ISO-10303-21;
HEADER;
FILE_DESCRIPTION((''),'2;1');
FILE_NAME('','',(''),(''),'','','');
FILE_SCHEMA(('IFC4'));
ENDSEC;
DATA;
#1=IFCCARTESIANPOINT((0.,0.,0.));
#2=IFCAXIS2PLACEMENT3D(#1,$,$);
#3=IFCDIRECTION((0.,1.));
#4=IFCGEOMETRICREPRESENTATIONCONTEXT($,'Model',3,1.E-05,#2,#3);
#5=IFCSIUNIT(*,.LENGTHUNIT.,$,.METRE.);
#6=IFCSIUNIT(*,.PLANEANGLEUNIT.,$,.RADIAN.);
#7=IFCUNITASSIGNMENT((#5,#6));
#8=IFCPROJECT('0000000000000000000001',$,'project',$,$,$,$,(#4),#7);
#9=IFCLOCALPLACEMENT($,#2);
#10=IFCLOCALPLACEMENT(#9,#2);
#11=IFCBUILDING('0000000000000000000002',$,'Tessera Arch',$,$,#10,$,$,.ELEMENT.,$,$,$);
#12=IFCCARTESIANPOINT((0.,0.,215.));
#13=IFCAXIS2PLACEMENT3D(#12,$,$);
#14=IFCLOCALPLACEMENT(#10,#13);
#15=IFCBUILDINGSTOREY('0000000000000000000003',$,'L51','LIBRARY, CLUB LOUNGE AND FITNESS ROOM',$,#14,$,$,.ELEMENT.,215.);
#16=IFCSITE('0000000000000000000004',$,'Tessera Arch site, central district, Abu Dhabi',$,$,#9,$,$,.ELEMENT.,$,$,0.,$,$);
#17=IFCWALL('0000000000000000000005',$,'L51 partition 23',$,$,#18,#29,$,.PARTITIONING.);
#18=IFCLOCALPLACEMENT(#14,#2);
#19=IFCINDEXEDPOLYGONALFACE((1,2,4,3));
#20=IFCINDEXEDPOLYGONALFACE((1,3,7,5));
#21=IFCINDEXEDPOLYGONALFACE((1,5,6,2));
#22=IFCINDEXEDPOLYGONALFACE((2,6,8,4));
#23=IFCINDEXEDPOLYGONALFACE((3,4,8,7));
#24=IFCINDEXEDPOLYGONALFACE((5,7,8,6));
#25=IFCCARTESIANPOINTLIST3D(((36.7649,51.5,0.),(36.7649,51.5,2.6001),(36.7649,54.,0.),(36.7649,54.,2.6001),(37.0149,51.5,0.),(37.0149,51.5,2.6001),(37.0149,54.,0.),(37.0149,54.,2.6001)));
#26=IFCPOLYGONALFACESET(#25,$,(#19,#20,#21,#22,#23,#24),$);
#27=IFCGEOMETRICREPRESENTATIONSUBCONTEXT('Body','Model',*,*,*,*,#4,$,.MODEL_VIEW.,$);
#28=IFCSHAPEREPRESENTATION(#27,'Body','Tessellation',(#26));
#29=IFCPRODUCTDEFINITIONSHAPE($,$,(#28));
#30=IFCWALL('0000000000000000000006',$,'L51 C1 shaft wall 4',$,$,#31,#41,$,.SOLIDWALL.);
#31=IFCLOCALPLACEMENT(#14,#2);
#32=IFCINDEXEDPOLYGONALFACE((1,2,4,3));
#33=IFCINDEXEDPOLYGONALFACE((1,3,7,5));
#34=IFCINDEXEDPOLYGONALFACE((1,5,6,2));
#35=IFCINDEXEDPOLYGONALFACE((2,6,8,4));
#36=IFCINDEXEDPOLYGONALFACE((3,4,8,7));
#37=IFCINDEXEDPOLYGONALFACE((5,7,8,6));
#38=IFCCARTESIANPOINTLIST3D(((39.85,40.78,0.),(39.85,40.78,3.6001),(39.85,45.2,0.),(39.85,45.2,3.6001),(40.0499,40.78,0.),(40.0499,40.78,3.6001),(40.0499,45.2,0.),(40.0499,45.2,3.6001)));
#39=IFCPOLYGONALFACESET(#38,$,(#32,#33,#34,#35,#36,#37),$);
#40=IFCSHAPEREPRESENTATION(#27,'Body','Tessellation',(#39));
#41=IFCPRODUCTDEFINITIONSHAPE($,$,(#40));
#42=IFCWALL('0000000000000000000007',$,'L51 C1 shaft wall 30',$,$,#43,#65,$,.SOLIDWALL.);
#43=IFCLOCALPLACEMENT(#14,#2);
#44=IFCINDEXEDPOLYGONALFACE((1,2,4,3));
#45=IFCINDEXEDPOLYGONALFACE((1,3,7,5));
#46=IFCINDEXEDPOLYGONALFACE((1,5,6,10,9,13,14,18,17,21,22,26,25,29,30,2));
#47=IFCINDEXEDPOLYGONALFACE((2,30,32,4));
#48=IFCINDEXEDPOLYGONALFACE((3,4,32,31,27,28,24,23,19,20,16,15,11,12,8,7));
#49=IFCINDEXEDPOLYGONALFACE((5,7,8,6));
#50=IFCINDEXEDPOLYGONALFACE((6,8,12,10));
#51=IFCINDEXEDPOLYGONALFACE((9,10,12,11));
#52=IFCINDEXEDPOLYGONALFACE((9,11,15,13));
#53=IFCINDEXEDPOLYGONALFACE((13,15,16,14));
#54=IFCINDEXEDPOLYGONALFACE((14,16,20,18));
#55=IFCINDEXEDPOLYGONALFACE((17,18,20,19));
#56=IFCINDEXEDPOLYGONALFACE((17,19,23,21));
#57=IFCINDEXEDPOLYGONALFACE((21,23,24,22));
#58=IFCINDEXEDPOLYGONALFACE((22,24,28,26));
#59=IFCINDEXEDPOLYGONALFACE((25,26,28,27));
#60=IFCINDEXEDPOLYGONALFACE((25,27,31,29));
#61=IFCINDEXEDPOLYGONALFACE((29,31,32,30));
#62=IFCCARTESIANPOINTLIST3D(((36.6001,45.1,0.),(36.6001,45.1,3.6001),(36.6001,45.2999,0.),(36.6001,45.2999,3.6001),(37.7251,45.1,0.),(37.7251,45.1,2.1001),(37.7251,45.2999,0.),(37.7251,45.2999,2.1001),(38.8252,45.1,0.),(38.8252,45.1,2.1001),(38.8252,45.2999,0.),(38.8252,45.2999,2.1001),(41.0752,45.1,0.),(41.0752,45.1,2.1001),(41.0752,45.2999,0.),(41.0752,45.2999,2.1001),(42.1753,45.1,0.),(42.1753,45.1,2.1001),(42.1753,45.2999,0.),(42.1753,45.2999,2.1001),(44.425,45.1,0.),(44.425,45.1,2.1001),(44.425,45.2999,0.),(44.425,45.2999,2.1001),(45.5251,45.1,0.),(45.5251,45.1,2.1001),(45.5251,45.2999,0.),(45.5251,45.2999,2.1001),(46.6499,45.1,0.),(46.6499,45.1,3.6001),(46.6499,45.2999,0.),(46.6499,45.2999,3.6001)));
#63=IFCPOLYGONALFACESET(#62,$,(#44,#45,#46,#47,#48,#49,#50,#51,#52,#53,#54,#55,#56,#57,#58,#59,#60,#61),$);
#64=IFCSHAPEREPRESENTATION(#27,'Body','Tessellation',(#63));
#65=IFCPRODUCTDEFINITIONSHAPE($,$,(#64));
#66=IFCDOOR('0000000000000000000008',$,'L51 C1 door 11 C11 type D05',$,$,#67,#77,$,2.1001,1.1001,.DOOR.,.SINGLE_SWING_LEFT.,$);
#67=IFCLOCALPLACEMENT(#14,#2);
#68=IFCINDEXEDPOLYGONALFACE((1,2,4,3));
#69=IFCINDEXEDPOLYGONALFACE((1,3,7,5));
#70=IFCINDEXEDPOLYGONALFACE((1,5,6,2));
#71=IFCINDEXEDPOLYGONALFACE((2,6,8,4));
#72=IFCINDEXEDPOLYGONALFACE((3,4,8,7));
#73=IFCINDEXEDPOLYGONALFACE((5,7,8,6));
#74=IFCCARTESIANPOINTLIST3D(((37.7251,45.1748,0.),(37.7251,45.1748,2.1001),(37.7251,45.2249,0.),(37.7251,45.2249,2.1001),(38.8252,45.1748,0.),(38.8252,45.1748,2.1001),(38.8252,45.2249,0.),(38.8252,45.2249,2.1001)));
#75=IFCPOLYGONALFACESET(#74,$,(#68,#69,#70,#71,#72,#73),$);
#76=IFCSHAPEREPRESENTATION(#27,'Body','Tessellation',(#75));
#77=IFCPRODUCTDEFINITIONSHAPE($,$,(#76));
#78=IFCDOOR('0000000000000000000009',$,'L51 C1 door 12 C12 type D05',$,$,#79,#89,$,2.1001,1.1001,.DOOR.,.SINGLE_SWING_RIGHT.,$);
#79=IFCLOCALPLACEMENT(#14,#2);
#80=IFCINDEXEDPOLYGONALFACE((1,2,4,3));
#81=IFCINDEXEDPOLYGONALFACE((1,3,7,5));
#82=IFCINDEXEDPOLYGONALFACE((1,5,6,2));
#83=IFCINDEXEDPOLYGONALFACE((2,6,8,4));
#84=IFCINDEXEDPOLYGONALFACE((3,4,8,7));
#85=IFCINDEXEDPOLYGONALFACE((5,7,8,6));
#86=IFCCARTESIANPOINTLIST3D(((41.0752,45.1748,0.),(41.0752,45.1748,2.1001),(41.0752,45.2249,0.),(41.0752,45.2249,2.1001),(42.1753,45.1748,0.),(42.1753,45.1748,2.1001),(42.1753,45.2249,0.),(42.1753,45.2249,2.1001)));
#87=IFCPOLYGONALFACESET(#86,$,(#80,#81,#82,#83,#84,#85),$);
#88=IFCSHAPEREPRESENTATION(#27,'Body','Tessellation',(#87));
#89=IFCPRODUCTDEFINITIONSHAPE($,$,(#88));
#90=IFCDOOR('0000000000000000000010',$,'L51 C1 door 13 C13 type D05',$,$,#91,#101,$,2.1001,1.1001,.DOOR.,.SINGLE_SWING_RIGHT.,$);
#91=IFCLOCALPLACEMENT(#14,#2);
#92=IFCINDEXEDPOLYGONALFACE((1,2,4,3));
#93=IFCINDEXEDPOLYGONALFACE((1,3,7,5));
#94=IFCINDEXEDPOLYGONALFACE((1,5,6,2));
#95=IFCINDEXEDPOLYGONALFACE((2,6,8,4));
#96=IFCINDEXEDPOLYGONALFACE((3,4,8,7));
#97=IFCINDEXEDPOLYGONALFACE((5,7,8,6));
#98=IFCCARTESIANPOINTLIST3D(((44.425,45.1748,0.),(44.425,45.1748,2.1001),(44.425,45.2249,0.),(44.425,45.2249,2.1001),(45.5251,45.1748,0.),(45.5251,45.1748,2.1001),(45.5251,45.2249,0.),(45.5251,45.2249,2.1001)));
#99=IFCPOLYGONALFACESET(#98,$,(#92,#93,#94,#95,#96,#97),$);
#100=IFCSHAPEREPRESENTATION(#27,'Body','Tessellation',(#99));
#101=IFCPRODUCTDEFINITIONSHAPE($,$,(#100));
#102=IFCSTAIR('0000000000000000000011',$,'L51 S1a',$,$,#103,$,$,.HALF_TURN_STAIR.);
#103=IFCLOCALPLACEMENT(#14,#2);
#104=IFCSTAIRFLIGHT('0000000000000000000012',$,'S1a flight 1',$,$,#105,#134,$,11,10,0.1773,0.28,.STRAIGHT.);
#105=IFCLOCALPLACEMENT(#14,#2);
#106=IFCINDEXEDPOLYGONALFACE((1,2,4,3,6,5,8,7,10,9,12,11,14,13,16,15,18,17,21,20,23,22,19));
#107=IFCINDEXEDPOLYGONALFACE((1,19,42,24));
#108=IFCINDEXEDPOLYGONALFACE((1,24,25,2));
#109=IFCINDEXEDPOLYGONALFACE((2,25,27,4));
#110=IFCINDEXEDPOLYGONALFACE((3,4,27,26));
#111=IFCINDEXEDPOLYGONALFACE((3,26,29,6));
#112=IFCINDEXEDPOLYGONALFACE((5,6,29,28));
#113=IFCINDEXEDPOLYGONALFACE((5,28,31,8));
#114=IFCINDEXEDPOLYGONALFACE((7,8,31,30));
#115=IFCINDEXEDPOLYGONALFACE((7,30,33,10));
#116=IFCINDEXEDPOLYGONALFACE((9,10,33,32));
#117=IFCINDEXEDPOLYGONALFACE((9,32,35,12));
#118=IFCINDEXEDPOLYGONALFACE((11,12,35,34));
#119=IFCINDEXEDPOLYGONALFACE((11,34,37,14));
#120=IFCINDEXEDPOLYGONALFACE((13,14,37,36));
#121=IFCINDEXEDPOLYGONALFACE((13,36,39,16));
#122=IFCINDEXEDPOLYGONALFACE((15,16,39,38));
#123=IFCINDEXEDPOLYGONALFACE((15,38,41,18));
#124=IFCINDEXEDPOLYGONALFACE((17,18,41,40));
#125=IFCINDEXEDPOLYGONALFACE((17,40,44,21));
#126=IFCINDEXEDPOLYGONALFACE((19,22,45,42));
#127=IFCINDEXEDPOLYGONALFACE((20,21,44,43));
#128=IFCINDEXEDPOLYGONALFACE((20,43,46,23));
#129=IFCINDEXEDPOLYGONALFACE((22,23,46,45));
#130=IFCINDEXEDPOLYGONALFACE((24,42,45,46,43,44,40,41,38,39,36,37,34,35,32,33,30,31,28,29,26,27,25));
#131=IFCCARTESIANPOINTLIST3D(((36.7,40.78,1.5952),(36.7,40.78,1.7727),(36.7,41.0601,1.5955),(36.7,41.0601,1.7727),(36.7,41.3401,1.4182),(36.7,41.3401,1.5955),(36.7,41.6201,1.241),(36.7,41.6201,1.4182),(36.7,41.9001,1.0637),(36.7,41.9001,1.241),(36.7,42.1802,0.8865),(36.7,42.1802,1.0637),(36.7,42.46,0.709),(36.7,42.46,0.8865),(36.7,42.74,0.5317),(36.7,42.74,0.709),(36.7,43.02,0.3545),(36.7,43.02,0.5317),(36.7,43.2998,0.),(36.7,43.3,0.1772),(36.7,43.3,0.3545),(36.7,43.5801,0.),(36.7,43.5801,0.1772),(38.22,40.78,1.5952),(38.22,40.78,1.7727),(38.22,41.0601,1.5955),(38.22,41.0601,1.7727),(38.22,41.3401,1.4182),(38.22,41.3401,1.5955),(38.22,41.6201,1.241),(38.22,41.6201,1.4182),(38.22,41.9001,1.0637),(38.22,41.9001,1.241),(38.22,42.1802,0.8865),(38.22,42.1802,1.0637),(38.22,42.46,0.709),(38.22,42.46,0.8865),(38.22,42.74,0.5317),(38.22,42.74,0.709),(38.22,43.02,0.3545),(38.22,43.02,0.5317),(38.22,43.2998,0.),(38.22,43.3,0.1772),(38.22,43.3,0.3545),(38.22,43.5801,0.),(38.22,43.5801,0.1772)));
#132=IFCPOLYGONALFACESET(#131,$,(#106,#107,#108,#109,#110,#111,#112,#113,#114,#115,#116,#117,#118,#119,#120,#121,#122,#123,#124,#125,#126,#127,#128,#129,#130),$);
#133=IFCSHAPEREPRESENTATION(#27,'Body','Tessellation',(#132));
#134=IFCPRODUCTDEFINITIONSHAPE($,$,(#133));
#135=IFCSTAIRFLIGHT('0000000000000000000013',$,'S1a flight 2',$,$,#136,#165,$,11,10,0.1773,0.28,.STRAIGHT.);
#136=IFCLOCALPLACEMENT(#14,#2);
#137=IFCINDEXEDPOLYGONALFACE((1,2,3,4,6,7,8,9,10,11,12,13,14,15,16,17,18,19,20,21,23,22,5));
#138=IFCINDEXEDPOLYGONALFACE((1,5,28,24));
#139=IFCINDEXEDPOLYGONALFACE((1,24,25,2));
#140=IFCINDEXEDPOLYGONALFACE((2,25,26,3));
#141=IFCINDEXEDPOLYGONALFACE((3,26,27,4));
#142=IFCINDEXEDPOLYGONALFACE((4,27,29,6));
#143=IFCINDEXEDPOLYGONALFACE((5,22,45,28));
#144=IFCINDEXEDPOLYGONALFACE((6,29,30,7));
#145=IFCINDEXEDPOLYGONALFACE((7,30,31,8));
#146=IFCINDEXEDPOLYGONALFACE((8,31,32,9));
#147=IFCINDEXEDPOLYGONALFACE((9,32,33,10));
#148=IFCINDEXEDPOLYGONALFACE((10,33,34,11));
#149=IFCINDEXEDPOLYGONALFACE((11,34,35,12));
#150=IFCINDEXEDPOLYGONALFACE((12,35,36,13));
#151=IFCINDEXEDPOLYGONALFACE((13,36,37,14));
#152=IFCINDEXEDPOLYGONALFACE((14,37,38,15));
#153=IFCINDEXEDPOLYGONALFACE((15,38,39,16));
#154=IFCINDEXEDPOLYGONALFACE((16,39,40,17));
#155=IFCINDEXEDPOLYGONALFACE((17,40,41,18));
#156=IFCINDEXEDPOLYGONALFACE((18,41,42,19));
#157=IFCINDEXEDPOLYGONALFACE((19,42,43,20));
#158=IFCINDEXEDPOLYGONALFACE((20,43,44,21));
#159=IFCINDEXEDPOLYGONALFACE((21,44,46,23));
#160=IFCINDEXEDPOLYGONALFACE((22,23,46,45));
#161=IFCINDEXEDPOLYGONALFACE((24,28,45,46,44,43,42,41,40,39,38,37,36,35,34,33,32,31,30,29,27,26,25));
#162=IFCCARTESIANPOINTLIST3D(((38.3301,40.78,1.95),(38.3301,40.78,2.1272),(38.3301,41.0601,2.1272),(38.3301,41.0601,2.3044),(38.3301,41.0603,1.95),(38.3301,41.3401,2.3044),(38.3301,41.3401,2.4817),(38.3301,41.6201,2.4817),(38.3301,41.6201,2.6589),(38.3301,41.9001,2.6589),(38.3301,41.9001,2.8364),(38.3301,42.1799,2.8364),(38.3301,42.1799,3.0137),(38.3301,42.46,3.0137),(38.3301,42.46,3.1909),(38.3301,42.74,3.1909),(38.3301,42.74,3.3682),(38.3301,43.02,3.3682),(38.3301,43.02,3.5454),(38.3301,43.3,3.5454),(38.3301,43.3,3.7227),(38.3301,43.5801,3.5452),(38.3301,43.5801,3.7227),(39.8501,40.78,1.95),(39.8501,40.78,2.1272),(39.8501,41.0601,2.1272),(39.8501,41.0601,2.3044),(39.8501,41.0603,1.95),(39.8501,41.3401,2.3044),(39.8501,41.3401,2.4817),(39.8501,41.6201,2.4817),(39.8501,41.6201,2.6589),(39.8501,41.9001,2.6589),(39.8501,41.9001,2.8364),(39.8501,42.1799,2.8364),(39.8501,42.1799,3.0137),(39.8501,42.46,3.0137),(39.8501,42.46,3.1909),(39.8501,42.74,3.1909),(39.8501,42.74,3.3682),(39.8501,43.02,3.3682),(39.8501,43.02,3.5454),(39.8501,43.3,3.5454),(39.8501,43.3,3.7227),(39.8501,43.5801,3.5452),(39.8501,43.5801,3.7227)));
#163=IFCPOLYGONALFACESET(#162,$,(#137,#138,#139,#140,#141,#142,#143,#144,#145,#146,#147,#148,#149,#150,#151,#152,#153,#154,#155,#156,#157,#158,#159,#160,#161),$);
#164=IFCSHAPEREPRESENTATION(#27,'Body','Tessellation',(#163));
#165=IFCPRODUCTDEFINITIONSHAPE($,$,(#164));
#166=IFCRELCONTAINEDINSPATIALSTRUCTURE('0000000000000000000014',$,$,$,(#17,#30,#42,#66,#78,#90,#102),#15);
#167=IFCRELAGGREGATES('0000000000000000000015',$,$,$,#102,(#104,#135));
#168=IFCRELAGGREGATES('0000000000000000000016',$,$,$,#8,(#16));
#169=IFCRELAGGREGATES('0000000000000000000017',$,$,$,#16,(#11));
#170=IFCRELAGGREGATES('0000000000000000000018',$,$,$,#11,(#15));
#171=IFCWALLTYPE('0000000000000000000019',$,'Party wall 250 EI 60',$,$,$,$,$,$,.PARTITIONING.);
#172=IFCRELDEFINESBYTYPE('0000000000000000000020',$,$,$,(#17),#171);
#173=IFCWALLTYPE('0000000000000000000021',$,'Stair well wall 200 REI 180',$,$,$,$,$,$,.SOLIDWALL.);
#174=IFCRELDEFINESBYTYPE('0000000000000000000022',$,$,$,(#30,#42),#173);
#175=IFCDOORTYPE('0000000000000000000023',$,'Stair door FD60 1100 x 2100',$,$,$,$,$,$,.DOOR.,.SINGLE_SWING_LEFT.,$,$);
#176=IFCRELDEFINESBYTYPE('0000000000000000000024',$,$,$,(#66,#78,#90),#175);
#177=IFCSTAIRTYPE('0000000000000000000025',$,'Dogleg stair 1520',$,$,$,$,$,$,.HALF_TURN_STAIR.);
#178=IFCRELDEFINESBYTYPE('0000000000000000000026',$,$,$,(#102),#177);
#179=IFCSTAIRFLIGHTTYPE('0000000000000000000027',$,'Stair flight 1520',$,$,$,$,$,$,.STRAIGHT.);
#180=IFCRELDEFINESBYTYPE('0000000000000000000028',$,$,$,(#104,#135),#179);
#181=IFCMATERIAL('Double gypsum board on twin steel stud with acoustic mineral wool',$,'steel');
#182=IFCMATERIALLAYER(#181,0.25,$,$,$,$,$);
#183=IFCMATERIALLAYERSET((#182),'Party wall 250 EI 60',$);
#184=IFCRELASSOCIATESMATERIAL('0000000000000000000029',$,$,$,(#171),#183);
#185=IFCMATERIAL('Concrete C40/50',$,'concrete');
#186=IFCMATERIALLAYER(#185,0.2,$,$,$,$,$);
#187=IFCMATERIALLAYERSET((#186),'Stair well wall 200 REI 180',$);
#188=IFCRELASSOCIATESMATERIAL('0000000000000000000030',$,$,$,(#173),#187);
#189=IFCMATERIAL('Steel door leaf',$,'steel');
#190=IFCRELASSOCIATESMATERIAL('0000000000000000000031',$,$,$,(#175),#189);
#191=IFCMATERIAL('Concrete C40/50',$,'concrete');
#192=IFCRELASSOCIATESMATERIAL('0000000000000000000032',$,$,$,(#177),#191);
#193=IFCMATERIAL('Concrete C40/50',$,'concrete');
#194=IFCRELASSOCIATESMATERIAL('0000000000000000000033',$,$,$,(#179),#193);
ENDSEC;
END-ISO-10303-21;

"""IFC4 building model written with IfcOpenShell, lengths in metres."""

from ifc_helpers import new_model, si_unit, direction, frame, frame_2d, origin, place, context, subcontext, project, spatial, polyline, rectangle, outline, extrude, material, layer, layer_set, type_object, element, fill, aggregate, save


model = new_model("IFC4")

# Units and contexts
model_context = context("Model", 3, precision=1e-05, world=origin(), true_north=direction((0.0, 1.0)))
body_context = subcontext(model_context, "Body", "Model", "MODEL_VIEW")
ifc_project = project(units=[si_unit("LENGTHUNIT", "METRE"), si_unit("PLANEANGLEUNIT", "RADIAN")], contexts=[model_context])

# Site, building, storey
site_placement = place(None, origin())
site = spatial("IfcSite", under=ifc_project, at=site_placement, Name="Tessera Arch site, central district, Abu Dhabi", CompositionType="ELEMENT", RefElevation=0.0)
building_placement = place(site_placement, origin())
building = spatial("IfcBuilding", under=site, at=building_placement, Name="Tessera Arch", CompositionType="ELEMENT")
storey_placement = place(building_placement, frame((0.0, 0.0, 215.0)))
storey = spatial("IfcBuildingStorey", under=building, at=storey_placement, Name="L51", Description="LIBRARY, CLUB LOUNGE AND FITNESS ROOM", CompositionType="ELEMENT", Elevation=215.0)

# Walls
ifc_material_1 = material(Name="Double gypsum board on twin steel stud with acoustic mineral wool", Category="steel")
ifc_layer_1 = layer(ifc_material_1, 0.25)
ifc_layer_set_1 = layer_set([ifc_layer_1], Name="Party wall 250 EI 60")
wall_type_1 = type_object("IfcWallType", Name="Party wall 250 EI 60", PredefinedType="PARTITIONING", material=ifc_layer_set_1)
wall_1_placement = place(storey_placement, frame((36.8899, 51.5, 0.0), z_axis=(0.0, 0.0, 1.0), x_axis=(0.0, 1.0, 0.0)))
element("IfcWall", 1, at=wall_1_placement, inside=storey, type_object=wall_type_1, Name="L51 partition 23", PredefinedType="PARTITIONING", context=body_context, shape_type="SweptSolid", body=[
    extrude(rectangle(XDim=2.5, YDim=0.25, at=frame_2d((1.25, 0.0))), origin(), (0.0, 0.0, 1.0), 2.6001),
])
ifc_material_2 = material(Name="Concrete C40/50", Category="concrete")
ifc_layer_2 = layer(ifc_material_2, 0.2)
ifc_layer_set_2 = layer_set([ifc_layer_2], Name="Stair well wall 200 REI 180")
wall_type_2 = type_object("IfcWallType", Name="Stair well wall 200 REI 180", PredefinedType="SOLIDWALL", material=ifc_layer_set_2)
wall_2_placement = place(storey_placement, frame((39.95, 40.78, 0.0), z_axis=(0.0, 0.0, 1.0), x_axis=(0.0, 1.0, 0.0)))
element("IfcWall", 2, at=wall_2_placement, inside=storey, type_object=wall_type_2, Name="L51 C1 shaft wall 4", PredefinedType="SOLIDWALL", context=body_context, shape_type="SweptSolid", body=[
    extrude(rectangle(XDim=4.4199, YDim=0.2, at=frame_2d((2.21, 0.0))), origin(), (0.0, 0.0, 1.0), 3.6001),
])

# Wall, openings, doors
wall_3_placement = place(storey_placement, frame((36.6001, 45.2, 0.0), z_axis=(0.0, 0.0, 1.0), x_axis=(1.0, 0.0, 0.0)))
wall_3 = element("IfcWall", 3, at=wall_3_placement, inside=storey, type_object=wall_type_2, Name="L51 C1 shaft wall 30", PredefinedType="SOLIDWALL", context=body_context, shape_type="SweptSolid", body=[
    extrude(rectangle(XDim=10.0498, YDim=0.2, at=frame_2d((5.0249, 0.0))), origin(), (0.0, 0.0, 1.0), 3.6001),
])
opening_1_placement = place(wall_3_placement, frame((1.125, 0.0, 0.0)))
opening_1 = element("IfcOpeningElement", 4, at=opening_1_placement, cuts=wall_3, PredefinedType="OPENING", context=body_context, shape_type="SweptSolid", body=[
    extrude(rectangle(XDim=1.1001, YDim=2.1001, at=frame_2d((0.55, 1.05))), frame((0.0, 0.1099, 0.0), z_axis=(0.0, -1.0, 0.0), x_axis=(1.0, 0.0, 0.0)), (0.0, 0.0, 1.0), 0.22),
])
opening_2_placement = place(wall_3_placement, frame((4.4751, 0.0, 0.0)))
opening_2 = element("IfcOpeningElement", 5, at=opening_2_placement, cuts=wall_3, PredefinedType="OPENING", context=body_context, shape_type="SweptSolid", body=[
    extrude(rectangle(XDim=1.1001, YDim=2.1001, at=frame_2d((0.55, 1.05))), frame((0.0, 0.1099, 0.0), z_axis=(0.0, -1.0, 0.0), x_axis=(1.0, 0.0, 0.0)), (0.0, 0.0, 1.0), 0.22),
])
opening_3_placement = place(wall_3_placement, frame((7.825, 0.0, 0.0)))
opening_3 = element("IfcOpeningElement", 6, at=opening_3_placement, cuts=wall_3, PredefinedType="OPENING", context=body_context, shape_type="SweptSolid", body=[
    extrude(rectangle(XDim=1.1001, YDim=2.1001, at=frame_2d((0.55, 1.05))), frame((0.0, 0.1099, 0.0), z_axis=(0.0, -1.0, 0.0), x_axis=(1.0, 0.0, 0.0)), (0.0, 0.0, 1.0), 0.22),
])
ifc_material_3 = material(Name="Steel door leaf", Category="steel")
door_type_1 = type_object("IfcDoorType", Name="Stair door FD60 1100 x 2100", OperationType="SINGLE_SWING_LEFT", PredefinedType="DOOR", material=ifc_material_3)
door_1_placement = place(opening_1_placement, origin())
door_1 = element("IfcDoor", 7, at=door_1_placement, inside=storey, type_object=door_type_1, Name="L51 C1 door 11 C11 type D05", OperationType="SINGLE_SWING_LEFT", OverallHeight=2.1001, OverallWidth=1.1001, PredefinedType="DOOR", context=body_context, shape_type="SweptSolid", body=[
    extrude(rectangle(XDim=1.1001, YDim=2.1001, at=frame_2d((0.55, 1.05))), frame((0.0, 0.0249, 0.0), z_axis=(0.0, -1.0, 0.0), x_axis=(1.0, 0.0, 0.0)), (0.0, 0.0, 1.0), 0.05),
])
fill(opening_1, door_1)
door_2_placement = place(opening_2_placement, origin())
door_2 = element("IfcDoor", 8, at=door_2_placement, inside=storey, type_object=door_type_1, Name="L51 C1 door 12 C12 type D05", OperationType="SINGLE_SWING_RIGHT", OverallHeight=2.1001, OverallWidth=1.1001, PredefinedType="DOOR", context=body_context, shape_type="SweptSolid", body=[
    extrude(rectangle(XDim=1.1001, YDim=2.1001, at=frame_2d((0.55, 1.05))), frame((0.0, 0.0249, 0.0), z_axis=(0.0, -1.0, 0.0), x_axis=(1.0, 0.0, 0.0)), (0.0, 0.0, 1.0), 0.05),
])
fill(opening_2, door_2)
door_3_placement = place(opening_3_placement, origin())
door_3 = element("IfcDoor", 9, at=door_3_placement, inside=storey, type_object=door_type_1, Name="L51 C1 door 13 C13 type D05", OperationType="SINGLE_SWING_RIGHT", OverallHeight=2.1001, OverallWidth=1.1001, PredefinedType="DOOR", context=body_context, shape_type="SweptSolid", body=[
    extrude(rectangle(XDim=1.1001, YDim=2.1001, at=frame_2d((0.55, 1.05))), frame((0.0, 0.0249, 0.0), z_axis=(0.0, -1.0, 0.0), x_axis=(1.0, 0.0, 0.0)), (0.0, 0.0, 1.0), 0.05),
])
fill(opening_3, door_3)

# Stair, stair flights
ifc_material_4 = material(Name="Concrete C40/50", Category="concrete")
stair_type = type_object("IfcStairType", Name="Dogleg stair 1520", PredefinedType="HALF_TURN_STAIR", material=ifc_material_4)
stair_1_placement = place(storey_placement, origin())
stair_1 = element("IfcStair", 10, at=stair_1_placement, inside=storey, type_object=stair_type, Name="L51 S1a", PredefinedType="HALF_TURN_STAIR")
ifc_material_5 = material(Name="Concrete C40/50", Category="concrete")
stair_flight_type = type_object("IfcStairFlightType", Name="Stair flight 1520", PredefinedType="STRAIGHT", material=ifc_material_5)
stair_flight_1_placement = place(storey_placement, frame((37.46, 43.5801, 0.0), z_axis=(0.0, 0.0, 1.0), x_axis=(0.0, -1.0, 0.0)))
stair_flight_1 = element("IfcStairFlight", 11, at=stair_flight_1_placement, type_object=stair_flight_type, Name="S1a flight 1", NumberOfRisers=11, NumberOfTreads=10, PredefinedType="STRAIGHT", RiserHeight=0.1773, TreadLength=0.28, context=body_context, shape_type="SweptSolid", body=[
    extrude(outline(polyline([(0.0, 0.0), (0.0, 0.1772), (0.28, 0.1772), (0.28, 0.3545), (0.5601, 0.3545), (0.5601, 0.5317), (0.8401, 0.5317), (0.8401, 0.709), (1.1201, 0.709), (1.1201, 0.8865), (1.3999, 0.8865), (1.3999, 1.0637), (1.6799, 1.0637), (1.6799, 1.241), (1.96, 1.241), (1.96, 1.4182), (2.24, 1.4182), (2.24, 1.5955), (2.52, 1.5955), (2.52, 1.7727), (2.8, 1.7727), (2.8, 1.95), (2.8, 1.5952), (0.2803, 0.0), (0.0, 0.0)])), frame((0.0, 0.76, 0.0), z_axis=(0.0, -1.0, 0.0), x_axis=(1.0, 0.0, 0.0)), (0.0, 0.0, 1.0), 1.52),
])
stair_flight_2_placement = place(storey_placement, frame((39.0901, 40.78, 1.95), z_axis=(0.0, 0.0, 1.0), x_axis=(0.0, 1.0, 0.0)))
stair_flight_2 = element("IfcStairFlight", 12, at=stair_flight_2_placement, type_object=stair_flight_type, Name="S1a flight 2", NumberOfRisers=11, NumberOfTreads=10, PredefinedType="STRAIGHT", RiserHeight=0.1773, TreadLength=0.28, context=body_context, shape_type="SweptSolid", body=[
    extrude(outline(polyline([(0.0, 0.0), (0.0, 0.1772), (0.28, 0.1772), (0.28, 0.3545), (0.5601, 0.3545), (0.5601, 0.5317), (0.8401, 0.5317), (0.8401, 0.709), (1.1201, 0.709), (1.1201, 0.8865), (1.3999, 0.8865), (1.3999, 1.0637), (1.6799, 1.0637), (1.6799, 1.241), (1.96, 1.241), (1.96, 1.4182), (2.24, 1.4182), (2.24, 1.5955), (2.52, 1.5955), (2.52, 1.7727), (2.8, 1.7727), (2.8, 1.95), (2.8, 1.5952), (0.2803, 0.0), (0.0, 0.0)])), frame((0.0, 0.76, 0.0), z_axis=(0.0, -1.0, 0.0), x_axis=(1.0, 0.0, 0.0)), (0.0, 0.0, 1.0), 1.52),
])
aggregate(stair_1, [stair_flight_1, stair_flight_2])

save(model, "model.ifc")
